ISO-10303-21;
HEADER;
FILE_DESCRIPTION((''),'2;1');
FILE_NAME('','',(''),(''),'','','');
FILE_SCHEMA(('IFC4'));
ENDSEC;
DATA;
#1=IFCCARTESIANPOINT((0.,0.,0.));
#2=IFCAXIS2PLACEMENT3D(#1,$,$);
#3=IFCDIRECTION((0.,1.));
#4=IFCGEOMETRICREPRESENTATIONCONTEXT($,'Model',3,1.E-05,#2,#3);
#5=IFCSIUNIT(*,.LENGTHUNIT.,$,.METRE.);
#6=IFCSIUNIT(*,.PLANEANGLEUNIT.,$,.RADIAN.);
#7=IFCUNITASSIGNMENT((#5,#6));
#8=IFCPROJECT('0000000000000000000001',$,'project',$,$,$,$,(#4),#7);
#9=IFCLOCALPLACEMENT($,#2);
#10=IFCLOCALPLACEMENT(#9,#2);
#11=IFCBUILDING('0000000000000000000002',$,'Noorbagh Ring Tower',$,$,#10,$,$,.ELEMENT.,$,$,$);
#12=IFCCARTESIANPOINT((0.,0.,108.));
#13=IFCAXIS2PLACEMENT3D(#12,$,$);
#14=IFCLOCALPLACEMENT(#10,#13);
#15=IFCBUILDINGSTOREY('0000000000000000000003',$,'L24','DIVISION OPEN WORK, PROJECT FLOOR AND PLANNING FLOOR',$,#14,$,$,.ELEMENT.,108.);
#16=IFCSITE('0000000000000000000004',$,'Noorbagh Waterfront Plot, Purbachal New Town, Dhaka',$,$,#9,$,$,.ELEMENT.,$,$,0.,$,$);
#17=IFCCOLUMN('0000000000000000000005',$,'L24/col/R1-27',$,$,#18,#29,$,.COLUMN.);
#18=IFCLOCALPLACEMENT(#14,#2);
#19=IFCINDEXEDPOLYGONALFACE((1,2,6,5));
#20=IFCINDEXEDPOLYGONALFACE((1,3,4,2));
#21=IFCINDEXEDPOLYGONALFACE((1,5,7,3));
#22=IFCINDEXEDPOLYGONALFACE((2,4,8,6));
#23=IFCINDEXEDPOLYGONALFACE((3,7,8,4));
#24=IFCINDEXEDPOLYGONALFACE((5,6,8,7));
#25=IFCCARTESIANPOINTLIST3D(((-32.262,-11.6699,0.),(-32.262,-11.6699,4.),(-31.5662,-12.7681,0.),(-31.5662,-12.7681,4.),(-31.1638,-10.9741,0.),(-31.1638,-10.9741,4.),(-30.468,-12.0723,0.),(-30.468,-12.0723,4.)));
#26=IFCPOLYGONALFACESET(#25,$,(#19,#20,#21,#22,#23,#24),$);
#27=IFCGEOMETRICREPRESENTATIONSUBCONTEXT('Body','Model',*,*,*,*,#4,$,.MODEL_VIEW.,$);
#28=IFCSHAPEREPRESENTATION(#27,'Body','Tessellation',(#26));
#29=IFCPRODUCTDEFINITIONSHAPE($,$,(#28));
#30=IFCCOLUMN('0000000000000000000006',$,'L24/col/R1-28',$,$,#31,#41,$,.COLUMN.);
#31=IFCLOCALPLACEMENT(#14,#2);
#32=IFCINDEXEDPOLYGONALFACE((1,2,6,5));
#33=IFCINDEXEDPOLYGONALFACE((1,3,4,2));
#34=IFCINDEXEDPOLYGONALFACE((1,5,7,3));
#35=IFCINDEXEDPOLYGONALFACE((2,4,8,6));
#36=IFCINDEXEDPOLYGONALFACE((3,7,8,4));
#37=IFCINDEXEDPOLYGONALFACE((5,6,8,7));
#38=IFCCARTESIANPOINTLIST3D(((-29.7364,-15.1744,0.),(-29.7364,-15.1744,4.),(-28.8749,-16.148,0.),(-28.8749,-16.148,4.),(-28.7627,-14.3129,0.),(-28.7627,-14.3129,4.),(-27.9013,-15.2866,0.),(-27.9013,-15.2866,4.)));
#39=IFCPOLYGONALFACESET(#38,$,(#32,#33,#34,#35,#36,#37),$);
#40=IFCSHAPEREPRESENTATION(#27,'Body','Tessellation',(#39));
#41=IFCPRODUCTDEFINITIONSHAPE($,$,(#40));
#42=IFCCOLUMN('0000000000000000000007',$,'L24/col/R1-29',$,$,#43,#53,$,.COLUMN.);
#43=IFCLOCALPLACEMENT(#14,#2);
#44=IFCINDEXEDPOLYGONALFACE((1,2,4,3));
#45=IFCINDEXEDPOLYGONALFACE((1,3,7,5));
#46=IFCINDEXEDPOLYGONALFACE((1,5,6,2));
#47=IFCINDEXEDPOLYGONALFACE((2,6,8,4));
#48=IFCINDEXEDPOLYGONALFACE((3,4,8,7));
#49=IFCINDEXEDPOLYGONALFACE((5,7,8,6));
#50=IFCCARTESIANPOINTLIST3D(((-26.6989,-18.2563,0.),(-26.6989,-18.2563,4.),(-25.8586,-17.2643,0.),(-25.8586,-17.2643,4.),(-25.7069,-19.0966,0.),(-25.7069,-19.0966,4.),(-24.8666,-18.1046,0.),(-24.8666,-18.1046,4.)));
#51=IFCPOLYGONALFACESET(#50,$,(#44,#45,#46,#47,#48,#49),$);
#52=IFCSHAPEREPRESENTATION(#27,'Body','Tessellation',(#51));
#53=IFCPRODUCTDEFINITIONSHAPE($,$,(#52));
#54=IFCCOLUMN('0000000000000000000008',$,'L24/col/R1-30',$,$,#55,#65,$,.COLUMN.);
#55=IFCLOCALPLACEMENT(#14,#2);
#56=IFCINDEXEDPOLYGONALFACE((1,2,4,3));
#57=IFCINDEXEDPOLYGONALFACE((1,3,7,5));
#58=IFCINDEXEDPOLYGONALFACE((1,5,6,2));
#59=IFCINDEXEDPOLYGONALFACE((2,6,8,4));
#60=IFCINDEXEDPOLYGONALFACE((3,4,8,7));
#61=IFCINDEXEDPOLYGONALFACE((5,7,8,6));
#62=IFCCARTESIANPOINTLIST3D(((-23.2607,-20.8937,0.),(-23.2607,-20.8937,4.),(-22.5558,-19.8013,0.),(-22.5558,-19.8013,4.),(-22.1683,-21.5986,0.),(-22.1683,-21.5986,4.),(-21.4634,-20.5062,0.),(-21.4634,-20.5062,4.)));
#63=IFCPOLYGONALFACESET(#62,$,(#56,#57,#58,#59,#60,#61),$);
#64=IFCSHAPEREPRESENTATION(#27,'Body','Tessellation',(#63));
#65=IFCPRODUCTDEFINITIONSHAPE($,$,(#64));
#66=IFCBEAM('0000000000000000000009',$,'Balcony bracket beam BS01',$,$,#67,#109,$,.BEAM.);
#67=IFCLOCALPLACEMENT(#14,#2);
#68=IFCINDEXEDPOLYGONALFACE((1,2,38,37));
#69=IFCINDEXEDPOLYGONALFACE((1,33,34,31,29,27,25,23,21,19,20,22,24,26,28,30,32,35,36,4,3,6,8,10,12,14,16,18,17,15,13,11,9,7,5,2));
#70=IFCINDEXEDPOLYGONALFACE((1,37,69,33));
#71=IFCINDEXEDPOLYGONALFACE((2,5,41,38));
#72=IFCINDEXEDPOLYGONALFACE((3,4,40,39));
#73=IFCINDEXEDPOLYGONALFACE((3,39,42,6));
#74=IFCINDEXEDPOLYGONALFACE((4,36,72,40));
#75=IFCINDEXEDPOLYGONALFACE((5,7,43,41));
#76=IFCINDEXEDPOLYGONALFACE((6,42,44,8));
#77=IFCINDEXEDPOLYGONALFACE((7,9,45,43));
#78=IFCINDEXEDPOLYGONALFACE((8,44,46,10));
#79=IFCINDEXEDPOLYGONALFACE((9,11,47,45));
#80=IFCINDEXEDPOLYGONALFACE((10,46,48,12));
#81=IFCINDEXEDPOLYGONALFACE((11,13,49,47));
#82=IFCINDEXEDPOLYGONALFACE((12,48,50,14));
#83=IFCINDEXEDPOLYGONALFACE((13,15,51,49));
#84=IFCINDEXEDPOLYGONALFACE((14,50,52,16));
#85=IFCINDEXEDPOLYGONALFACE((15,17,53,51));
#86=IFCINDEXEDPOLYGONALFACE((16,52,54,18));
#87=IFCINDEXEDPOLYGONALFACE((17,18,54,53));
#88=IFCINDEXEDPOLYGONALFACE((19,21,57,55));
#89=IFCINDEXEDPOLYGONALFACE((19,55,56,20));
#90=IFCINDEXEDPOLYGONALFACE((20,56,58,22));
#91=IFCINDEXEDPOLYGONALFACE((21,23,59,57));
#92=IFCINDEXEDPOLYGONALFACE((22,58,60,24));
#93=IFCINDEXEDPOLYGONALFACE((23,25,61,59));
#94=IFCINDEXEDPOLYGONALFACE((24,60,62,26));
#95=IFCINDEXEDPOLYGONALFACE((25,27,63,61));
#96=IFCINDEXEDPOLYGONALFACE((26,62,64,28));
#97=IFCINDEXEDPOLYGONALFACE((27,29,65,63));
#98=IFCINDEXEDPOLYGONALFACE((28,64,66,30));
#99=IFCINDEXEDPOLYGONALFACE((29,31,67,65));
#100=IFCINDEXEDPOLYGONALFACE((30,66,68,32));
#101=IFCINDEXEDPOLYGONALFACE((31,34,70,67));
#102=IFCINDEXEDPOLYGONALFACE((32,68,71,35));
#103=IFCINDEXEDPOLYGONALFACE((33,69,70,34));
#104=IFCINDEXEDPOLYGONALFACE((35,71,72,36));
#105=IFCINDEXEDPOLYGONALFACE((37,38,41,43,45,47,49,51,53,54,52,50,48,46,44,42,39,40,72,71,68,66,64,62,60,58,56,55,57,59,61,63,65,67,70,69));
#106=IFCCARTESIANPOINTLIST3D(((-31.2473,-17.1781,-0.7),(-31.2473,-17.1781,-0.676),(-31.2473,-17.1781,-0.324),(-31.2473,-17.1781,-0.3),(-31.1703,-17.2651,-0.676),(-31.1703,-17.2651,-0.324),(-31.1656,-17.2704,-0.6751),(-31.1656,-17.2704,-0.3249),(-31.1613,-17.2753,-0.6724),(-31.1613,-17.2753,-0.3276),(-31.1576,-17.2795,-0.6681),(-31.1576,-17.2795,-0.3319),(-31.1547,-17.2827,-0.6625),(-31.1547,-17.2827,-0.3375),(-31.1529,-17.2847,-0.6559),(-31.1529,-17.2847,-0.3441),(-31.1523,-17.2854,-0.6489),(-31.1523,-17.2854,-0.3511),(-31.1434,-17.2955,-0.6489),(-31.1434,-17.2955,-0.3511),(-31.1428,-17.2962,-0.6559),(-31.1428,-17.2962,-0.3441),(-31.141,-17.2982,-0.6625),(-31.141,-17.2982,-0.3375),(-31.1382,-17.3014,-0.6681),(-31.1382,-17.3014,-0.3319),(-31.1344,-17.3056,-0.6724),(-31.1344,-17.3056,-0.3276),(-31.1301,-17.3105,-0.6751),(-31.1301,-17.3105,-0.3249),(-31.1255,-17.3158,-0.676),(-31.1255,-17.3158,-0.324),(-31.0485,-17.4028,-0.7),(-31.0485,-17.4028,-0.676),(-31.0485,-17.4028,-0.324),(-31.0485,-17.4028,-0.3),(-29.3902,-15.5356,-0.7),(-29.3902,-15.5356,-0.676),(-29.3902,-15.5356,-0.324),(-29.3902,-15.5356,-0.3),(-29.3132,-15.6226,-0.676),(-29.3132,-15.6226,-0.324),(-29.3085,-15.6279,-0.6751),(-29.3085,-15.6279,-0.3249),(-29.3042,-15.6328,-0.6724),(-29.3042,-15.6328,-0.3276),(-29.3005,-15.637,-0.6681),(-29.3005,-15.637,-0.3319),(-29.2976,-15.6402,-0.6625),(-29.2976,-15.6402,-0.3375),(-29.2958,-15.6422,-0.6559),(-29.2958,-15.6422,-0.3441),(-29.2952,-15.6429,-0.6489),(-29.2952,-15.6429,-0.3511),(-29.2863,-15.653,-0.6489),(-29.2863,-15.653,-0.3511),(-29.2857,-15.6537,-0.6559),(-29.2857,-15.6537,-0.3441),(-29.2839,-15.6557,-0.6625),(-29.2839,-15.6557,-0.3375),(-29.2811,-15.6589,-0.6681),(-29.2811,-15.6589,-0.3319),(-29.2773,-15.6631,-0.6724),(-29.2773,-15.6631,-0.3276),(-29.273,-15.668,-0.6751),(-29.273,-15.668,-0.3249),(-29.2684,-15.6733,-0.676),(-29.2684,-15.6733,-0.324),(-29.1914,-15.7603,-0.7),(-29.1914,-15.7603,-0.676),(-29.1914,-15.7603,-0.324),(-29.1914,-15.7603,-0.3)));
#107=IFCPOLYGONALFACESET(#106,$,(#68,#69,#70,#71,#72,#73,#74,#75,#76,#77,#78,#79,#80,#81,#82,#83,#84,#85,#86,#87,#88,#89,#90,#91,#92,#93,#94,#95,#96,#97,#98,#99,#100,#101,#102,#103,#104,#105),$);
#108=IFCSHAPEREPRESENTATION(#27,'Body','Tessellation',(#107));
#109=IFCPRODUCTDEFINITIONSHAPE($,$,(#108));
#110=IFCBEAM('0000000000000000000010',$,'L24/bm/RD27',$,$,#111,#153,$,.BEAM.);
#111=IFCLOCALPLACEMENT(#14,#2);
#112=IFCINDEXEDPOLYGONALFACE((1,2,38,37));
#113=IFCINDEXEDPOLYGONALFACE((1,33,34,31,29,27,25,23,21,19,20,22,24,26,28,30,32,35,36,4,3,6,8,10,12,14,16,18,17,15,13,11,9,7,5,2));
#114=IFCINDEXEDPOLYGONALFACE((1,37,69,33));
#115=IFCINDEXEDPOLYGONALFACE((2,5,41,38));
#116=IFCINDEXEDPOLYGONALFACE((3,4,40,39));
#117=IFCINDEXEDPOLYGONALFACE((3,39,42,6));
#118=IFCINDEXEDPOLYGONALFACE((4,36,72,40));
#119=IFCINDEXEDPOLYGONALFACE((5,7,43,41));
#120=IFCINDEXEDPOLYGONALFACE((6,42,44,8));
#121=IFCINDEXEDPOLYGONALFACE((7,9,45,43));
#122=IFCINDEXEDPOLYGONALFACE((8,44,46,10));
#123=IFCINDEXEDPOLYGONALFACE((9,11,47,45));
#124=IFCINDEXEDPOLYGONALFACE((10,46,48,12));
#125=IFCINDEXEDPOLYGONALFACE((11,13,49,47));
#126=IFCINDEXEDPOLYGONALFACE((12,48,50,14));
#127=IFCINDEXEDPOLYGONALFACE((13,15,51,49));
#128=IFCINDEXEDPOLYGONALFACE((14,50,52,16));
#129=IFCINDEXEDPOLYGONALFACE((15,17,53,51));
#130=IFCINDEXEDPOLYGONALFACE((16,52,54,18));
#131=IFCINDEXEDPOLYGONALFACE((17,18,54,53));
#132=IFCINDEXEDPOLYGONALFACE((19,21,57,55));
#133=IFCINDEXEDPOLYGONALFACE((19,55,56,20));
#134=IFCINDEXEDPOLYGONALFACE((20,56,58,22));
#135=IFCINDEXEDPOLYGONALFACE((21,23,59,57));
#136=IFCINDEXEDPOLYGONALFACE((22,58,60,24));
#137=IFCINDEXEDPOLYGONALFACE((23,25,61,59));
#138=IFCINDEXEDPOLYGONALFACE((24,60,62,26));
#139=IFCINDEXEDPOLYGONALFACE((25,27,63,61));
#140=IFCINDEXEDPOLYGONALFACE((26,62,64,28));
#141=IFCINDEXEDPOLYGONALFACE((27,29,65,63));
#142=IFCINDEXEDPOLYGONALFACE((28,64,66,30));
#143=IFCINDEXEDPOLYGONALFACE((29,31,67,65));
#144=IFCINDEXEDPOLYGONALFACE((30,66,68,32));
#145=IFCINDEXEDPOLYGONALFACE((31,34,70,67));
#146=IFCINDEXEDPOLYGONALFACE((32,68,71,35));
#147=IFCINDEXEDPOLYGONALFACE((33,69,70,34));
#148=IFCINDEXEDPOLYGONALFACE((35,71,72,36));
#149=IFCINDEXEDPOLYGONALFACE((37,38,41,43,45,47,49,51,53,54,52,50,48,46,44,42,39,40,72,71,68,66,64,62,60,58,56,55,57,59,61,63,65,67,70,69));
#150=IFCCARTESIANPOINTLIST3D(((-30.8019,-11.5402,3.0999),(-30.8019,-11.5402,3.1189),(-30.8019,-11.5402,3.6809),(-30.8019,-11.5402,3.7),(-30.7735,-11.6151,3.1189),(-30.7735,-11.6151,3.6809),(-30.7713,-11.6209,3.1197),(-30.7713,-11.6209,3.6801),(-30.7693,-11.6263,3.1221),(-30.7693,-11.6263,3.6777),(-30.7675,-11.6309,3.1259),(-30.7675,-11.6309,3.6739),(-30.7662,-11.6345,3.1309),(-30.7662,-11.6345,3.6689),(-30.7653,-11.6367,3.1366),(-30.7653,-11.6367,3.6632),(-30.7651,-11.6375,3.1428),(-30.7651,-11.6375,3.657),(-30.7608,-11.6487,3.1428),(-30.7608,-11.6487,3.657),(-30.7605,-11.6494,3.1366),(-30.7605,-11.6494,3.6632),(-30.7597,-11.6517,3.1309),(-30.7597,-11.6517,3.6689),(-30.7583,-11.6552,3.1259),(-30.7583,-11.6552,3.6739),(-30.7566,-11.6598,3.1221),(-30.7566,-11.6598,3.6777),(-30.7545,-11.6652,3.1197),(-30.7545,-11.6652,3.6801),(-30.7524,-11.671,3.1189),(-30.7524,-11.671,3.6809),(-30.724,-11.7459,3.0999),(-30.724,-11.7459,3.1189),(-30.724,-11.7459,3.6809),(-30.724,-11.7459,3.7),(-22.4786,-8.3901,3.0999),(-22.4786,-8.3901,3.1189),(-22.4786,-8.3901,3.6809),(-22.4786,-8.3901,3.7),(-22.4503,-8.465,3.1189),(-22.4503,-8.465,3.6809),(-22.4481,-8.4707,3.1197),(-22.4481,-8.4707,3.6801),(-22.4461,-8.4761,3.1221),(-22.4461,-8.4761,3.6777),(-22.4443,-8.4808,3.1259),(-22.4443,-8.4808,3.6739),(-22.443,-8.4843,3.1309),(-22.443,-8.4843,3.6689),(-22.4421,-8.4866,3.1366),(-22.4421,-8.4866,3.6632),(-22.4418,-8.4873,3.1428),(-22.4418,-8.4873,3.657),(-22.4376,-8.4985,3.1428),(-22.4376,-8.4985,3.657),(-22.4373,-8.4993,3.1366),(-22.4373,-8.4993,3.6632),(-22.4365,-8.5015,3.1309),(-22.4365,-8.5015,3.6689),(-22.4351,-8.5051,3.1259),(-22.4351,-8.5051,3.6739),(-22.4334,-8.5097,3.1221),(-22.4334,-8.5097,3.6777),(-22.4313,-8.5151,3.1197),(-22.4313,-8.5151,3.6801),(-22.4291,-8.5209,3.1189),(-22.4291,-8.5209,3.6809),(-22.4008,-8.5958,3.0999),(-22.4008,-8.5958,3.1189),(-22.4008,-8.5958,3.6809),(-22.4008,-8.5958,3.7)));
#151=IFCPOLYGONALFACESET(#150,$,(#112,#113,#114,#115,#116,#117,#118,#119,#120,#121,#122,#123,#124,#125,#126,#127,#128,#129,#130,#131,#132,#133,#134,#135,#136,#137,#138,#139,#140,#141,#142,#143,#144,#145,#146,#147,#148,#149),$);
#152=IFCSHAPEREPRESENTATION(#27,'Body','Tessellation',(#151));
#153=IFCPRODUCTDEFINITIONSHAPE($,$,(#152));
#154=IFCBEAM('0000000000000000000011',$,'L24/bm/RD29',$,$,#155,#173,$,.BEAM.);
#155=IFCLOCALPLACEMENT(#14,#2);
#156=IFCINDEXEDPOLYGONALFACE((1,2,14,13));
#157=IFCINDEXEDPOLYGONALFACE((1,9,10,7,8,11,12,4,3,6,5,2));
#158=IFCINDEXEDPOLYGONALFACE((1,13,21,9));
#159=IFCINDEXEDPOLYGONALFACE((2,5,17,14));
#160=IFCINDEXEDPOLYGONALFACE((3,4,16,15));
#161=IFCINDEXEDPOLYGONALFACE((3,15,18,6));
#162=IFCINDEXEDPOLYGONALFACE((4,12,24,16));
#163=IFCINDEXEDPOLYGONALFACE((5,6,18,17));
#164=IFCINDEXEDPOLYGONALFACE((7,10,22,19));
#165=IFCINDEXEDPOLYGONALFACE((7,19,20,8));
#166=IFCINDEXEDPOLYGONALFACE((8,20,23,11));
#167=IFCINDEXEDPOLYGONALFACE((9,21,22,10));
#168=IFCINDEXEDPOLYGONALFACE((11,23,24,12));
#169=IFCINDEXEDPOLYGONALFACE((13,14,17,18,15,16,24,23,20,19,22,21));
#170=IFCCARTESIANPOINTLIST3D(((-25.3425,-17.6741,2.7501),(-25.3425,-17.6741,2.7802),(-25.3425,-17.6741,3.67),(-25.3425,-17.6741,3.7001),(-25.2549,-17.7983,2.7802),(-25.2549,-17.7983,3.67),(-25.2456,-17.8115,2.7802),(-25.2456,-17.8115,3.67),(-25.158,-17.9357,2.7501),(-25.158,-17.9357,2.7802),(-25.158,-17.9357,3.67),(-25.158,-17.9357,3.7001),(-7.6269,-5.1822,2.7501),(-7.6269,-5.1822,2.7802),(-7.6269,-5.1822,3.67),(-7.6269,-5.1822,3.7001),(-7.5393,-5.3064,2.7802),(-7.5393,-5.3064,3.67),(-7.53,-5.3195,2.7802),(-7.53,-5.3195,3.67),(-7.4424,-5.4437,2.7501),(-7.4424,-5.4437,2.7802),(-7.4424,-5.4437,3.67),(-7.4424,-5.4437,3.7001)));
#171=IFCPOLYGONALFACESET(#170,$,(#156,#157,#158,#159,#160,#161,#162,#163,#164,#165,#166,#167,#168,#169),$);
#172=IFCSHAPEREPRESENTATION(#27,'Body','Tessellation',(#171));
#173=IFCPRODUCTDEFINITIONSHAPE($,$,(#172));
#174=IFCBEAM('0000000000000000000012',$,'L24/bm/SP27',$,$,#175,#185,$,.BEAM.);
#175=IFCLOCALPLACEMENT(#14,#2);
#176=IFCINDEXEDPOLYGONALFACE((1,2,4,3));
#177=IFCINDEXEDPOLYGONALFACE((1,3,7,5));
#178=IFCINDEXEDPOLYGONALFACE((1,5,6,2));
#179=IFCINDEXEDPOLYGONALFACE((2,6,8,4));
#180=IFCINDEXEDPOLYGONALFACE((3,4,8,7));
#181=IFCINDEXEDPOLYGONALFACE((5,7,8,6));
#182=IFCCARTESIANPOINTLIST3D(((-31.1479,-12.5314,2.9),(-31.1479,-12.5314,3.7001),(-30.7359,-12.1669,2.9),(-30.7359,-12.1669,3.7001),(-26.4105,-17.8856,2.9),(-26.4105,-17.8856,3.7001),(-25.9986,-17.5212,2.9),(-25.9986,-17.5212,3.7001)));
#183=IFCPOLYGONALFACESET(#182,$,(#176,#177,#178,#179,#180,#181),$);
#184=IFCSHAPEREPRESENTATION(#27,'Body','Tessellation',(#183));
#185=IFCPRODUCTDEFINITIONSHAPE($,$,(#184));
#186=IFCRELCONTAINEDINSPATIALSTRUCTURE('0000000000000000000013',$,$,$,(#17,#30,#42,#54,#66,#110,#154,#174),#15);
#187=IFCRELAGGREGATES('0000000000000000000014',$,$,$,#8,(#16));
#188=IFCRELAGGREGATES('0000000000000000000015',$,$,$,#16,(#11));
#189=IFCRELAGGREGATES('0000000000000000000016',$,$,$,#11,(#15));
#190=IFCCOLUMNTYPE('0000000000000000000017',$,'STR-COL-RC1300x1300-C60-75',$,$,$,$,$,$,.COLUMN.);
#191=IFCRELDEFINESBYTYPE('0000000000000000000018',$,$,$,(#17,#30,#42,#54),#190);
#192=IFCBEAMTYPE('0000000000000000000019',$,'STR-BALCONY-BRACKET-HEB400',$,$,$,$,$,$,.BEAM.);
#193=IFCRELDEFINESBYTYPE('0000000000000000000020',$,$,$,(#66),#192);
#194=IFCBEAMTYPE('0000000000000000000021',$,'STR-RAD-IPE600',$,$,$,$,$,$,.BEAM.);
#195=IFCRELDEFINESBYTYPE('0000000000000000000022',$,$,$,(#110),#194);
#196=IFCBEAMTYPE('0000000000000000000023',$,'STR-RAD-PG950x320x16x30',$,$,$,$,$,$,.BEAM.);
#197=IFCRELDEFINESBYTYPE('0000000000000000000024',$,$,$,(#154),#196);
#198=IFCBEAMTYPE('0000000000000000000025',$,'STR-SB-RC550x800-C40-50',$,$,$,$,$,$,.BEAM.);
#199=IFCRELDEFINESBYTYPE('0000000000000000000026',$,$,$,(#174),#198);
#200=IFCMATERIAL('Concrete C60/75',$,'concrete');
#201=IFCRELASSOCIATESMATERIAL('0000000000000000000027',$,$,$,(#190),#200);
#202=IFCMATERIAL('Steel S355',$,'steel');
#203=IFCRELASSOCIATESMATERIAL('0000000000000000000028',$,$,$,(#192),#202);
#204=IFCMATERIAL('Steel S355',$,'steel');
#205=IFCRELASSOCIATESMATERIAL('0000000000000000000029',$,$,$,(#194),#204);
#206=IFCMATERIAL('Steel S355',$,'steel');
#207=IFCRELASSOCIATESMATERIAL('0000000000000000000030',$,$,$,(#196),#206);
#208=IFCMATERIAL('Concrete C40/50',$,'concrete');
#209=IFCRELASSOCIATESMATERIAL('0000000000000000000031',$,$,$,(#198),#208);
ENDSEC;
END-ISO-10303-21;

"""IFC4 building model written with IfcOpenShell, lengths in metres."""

from ifc_helpers import new_model, si_unit, direction, frame, origin, origin_2d, place, context, subcontext, project, spatial, rectangle, i_section, extrude, material, material_profile, profile_set, type_object, element, save


model = new_model("IFC4")

# Units and contexts
model_context = context("Model", 3, precision=1e-05, world=origin(), true_north=direction((0.0, 1.0)))
body_context = subcontext(model_context, "Body", "Model", "MODEL_VIEW")
ifc_project = project(units=[si_unit("LENGTHUNIT", "METRE"), si_unit("PLANEANGLEUNIT", "RADIAN")], contexts=[model_context])

# Site, building, storey
site_placement = place(None, origin())
site = spatial("IfcSite", under=ifc_project, at=site_placement, Name="Noorbagh Waterfront Plot, Purbachal New Town, Dhaka", CompositionType="ELEMENT", RefElevation=0.0)
building_placement = place(site_placement, origin())
building = spatial("IfcBuilding", under=site, at=building_placement, Name="Noorbagh Ring Tower", CompositionType="ELEMENT")
storey_placement = place(building_placement, frame((0.0, 0.0, 108.0)))
storey = spatial("IfcBuildingStorey", under=building, at=storey_placement, Name="L24", Description="DIVISION OPEN WORK, PROJECT FLOOR AND PLANNING FLOOR", CompositionType="ELEMENT", Elevation=108.0)

# Columns
ifc_material_1 = material(Name="Concrete C60/75", Category="concrete")
ifc_material_profile_1 = material_profile(ifc_material_1, rectangle(XDim=1.3, YDim=1.3, at=origin_2d()), Name="RC1300x1300")
ifc_profile_set_1 = profile_set([ifc_material_profile_1], Name="Concrete C60/75")
column_type = type_object("IfcColumnType", Name="STR-COL-RC1300x1300-C60-75", PredefinedType="COLUMN", material=ifc_profile_set_1)
for number, where, z_axis, x_axis, name in (
    (1, (-31.365, -11.8711, 0.0), (0.0, 0.0, 1.0), (0.53519, -0.844731, 0.0), "L24/col/R1-27"),
    (2, (-28.8188, -15.2305, 0.0), (0.0, 0.0, 1.0), (0.662636, -0.748942, 0.0), "L24/col/R1-28"),
    (3, (-25.7827, -18.1804, 0.0), (0.0, 0.0, 1.0), (0.763035, -0.646357, 0.0), "L24/col/R1-29"),
    (4, (-22.3621, -20.7, 0.0), (0.0, 0.0, 1.0), (0.840248, -0.542203, 0.0), "L24/col/R1-30"),
):
    element("IfcColumn", number, at=place(storey_placement, frame(where, z_axis=z_axis, x_axis=x_axis)), inside=storey, type_object=column_type, Name=name, PredefinedType="COLUMN", context=body_context, shape_type="SweptSolid", body=[
        extrude(rectangle(XDim=1.3, YDim=1.3, at=origin_2d()), origin(), (0.0, 0.0, 1.0), 4.0),
    ])

# Beams
ifc_material_2 = material(Name="Steel S355", Category="steel")
ifc_material_profile_2 = material_profile(ifc_material_2, i_section(OverallWidth=0.3, OverallDepth=0.3999, WebThickness=0.0134, FlangeThickness=0.0239, FilletRadius=0.0271, at=origin_2d()), Name="HEB400")
ifc_profile_set_2 = profile_set([ifc_material_profile_2], Name="Steel S355")
beam_type_1 = type_object("IfcBeamType", Name="STR-BALCONY-BRACKET-HEB400", PredefinedType="BEAM", material=ifc_profile_set_2)
beam_1_placement = place(storey_placement, frame((-29.2908, -15.6479, -0.5), z_axis=(-0.749059, -0.662504, 0.0), x_axis=(0.662504, -0.749059, 0.0)))
element("IfcBeam", 5, at=beam_1_placement, inside=storey, type_object=beam_type_1, Name="Balcony bracket beam BS01", PredefinedType="BEAM", context=body_context, shape_type="SweptSolid", body=[
    extrude(i_section(OverallWidth=0.3, OverallDepth=0.3999, WebThickness=0.0134, FlangeThickness=0.0239, FilletRadius=0.0271, at=origin_2d()), origin(), (0.0, 0.0, 1.0), 2.4792),
])
ifc_material_3 = material(Name="Steel S355", Category="steel")
ifc_material_profile_3 = material_profile(ifc_material_3, i_section(OverallWidth=0.22, OverallDepth=0.6001, WebThickness=0.012, FlangeThickness=0.019, FilletRadius=0.0239, at=origin_2d()), Name="IPE600")
ifc_profile_set_3 = profile_set([ifc_material_profile_3], Name="Steel S355")
beam_type_2 = type_object("IfcBeamType", Name="STR-RAD-IPE600", PredefinedType="BEAM", material=ifc_profile_set_3)
beam_2_placement = place(storey_placement, frame((-30.7629, -11.6431, 3.3999), z_axis=(0.935256, 0.353972, 0.0), x_axis=(-0.353972, 0.935256, 0.0)))
element("IfcBeam", 6, at=beam_2_placement, inside=storey, type_object=beam_type_2, Name="L24/bm/RD27", PredefinedType="BEAM", context=body_context, shape_type="SweptSolid", body=[
    extrude(i_section(OverallWidth=0.22, OverallDepth=0.6001, WebThickness=0.012, FlangeThickness=0.019, FilletRadius=0.0239, at=origin_2d()), origin(), (0.0, 0.0, 1.0), 8.8994),
])
ifc_material_4 = material(Name="Steel S355", Category="steel")
ifc_material_profile_4 = material_profile(ifc_material_4, i_section(OverallWidth=0.3201, OverallDepth=0.95, WebThickness=0.0161, FlangeThickness=0.03, at=origin_2d()), Name="PG950x320x16x30")
ifc_profile_set_4 = profile_set([ifc_material_profile_4], Name="Steel S355")
beam_type_3 = type_object("IfcBeamType", Name="STR-RAD-PG950x320x16x30", PredefinedType="BEAM", material=ifc_profile_set_4)
beam_3_placement = place(storey_placement, frame((-25.2502, -17.8049, 3.2251), z_axis=(0.817254, 0.576278, 0.0), x_axis=(-0.576278, 0.817254, 0.0)))
element("IfcBeam", 7, at=beam_3_placement, inside=storey, type_object=beam_type_3, Name="L24/bm/RD29", PredefinedType="BEAM", context=body_context, shape_type="SweptSolid", body=[
    extrude(i_section(OverallWidth=0.3201, OverallDepth=0.95, WebThickness=0.0161, FlangeThickness=0.03, at=origin_2d()), origin(), (0.0, 0.0, 1.0), 21.677),
])
ifc_material_5 = material(Name="Concrete C40/50", Category="concrete")
ifc_material_profile_5 = material_profile(ifc_material_5, rectangle(XDim=0.55, YDim=0.8, at=origin_2d()), Name="RC550x800")
ifc_profile_set_5 = profile_set([ifc_material_profile_5], Name="Concrete C40/50")
beam_type_4 = type_object("IfcBeamType", Name="STR-SB-RC550x800-C40-50", PredefinedType="BEAM", material=ifc_profile_set_5)
beam_4_placement = place(storey_placement, frame((-30.9419, -12.3491, 3.3), z_axis=(0.662641, -0.748937, 0.0), x_axis=(0.748937, 0.662641, 0.0)))
element("IfcBeam", 8, at=beam_4_placement, inside=storey, type_object=beam_type_4, Name="L24/bm/SP27", PredefinedType="BEAM", context=body_context, shape_type="SweptSolid", body=[
    extrude(rectangle(XDim=0.55, YDim=0.8, at=origin_2d()), origin(), (0.0, 0.0, 1.0), 7.1492),
])

save(model, "model.ifc")
